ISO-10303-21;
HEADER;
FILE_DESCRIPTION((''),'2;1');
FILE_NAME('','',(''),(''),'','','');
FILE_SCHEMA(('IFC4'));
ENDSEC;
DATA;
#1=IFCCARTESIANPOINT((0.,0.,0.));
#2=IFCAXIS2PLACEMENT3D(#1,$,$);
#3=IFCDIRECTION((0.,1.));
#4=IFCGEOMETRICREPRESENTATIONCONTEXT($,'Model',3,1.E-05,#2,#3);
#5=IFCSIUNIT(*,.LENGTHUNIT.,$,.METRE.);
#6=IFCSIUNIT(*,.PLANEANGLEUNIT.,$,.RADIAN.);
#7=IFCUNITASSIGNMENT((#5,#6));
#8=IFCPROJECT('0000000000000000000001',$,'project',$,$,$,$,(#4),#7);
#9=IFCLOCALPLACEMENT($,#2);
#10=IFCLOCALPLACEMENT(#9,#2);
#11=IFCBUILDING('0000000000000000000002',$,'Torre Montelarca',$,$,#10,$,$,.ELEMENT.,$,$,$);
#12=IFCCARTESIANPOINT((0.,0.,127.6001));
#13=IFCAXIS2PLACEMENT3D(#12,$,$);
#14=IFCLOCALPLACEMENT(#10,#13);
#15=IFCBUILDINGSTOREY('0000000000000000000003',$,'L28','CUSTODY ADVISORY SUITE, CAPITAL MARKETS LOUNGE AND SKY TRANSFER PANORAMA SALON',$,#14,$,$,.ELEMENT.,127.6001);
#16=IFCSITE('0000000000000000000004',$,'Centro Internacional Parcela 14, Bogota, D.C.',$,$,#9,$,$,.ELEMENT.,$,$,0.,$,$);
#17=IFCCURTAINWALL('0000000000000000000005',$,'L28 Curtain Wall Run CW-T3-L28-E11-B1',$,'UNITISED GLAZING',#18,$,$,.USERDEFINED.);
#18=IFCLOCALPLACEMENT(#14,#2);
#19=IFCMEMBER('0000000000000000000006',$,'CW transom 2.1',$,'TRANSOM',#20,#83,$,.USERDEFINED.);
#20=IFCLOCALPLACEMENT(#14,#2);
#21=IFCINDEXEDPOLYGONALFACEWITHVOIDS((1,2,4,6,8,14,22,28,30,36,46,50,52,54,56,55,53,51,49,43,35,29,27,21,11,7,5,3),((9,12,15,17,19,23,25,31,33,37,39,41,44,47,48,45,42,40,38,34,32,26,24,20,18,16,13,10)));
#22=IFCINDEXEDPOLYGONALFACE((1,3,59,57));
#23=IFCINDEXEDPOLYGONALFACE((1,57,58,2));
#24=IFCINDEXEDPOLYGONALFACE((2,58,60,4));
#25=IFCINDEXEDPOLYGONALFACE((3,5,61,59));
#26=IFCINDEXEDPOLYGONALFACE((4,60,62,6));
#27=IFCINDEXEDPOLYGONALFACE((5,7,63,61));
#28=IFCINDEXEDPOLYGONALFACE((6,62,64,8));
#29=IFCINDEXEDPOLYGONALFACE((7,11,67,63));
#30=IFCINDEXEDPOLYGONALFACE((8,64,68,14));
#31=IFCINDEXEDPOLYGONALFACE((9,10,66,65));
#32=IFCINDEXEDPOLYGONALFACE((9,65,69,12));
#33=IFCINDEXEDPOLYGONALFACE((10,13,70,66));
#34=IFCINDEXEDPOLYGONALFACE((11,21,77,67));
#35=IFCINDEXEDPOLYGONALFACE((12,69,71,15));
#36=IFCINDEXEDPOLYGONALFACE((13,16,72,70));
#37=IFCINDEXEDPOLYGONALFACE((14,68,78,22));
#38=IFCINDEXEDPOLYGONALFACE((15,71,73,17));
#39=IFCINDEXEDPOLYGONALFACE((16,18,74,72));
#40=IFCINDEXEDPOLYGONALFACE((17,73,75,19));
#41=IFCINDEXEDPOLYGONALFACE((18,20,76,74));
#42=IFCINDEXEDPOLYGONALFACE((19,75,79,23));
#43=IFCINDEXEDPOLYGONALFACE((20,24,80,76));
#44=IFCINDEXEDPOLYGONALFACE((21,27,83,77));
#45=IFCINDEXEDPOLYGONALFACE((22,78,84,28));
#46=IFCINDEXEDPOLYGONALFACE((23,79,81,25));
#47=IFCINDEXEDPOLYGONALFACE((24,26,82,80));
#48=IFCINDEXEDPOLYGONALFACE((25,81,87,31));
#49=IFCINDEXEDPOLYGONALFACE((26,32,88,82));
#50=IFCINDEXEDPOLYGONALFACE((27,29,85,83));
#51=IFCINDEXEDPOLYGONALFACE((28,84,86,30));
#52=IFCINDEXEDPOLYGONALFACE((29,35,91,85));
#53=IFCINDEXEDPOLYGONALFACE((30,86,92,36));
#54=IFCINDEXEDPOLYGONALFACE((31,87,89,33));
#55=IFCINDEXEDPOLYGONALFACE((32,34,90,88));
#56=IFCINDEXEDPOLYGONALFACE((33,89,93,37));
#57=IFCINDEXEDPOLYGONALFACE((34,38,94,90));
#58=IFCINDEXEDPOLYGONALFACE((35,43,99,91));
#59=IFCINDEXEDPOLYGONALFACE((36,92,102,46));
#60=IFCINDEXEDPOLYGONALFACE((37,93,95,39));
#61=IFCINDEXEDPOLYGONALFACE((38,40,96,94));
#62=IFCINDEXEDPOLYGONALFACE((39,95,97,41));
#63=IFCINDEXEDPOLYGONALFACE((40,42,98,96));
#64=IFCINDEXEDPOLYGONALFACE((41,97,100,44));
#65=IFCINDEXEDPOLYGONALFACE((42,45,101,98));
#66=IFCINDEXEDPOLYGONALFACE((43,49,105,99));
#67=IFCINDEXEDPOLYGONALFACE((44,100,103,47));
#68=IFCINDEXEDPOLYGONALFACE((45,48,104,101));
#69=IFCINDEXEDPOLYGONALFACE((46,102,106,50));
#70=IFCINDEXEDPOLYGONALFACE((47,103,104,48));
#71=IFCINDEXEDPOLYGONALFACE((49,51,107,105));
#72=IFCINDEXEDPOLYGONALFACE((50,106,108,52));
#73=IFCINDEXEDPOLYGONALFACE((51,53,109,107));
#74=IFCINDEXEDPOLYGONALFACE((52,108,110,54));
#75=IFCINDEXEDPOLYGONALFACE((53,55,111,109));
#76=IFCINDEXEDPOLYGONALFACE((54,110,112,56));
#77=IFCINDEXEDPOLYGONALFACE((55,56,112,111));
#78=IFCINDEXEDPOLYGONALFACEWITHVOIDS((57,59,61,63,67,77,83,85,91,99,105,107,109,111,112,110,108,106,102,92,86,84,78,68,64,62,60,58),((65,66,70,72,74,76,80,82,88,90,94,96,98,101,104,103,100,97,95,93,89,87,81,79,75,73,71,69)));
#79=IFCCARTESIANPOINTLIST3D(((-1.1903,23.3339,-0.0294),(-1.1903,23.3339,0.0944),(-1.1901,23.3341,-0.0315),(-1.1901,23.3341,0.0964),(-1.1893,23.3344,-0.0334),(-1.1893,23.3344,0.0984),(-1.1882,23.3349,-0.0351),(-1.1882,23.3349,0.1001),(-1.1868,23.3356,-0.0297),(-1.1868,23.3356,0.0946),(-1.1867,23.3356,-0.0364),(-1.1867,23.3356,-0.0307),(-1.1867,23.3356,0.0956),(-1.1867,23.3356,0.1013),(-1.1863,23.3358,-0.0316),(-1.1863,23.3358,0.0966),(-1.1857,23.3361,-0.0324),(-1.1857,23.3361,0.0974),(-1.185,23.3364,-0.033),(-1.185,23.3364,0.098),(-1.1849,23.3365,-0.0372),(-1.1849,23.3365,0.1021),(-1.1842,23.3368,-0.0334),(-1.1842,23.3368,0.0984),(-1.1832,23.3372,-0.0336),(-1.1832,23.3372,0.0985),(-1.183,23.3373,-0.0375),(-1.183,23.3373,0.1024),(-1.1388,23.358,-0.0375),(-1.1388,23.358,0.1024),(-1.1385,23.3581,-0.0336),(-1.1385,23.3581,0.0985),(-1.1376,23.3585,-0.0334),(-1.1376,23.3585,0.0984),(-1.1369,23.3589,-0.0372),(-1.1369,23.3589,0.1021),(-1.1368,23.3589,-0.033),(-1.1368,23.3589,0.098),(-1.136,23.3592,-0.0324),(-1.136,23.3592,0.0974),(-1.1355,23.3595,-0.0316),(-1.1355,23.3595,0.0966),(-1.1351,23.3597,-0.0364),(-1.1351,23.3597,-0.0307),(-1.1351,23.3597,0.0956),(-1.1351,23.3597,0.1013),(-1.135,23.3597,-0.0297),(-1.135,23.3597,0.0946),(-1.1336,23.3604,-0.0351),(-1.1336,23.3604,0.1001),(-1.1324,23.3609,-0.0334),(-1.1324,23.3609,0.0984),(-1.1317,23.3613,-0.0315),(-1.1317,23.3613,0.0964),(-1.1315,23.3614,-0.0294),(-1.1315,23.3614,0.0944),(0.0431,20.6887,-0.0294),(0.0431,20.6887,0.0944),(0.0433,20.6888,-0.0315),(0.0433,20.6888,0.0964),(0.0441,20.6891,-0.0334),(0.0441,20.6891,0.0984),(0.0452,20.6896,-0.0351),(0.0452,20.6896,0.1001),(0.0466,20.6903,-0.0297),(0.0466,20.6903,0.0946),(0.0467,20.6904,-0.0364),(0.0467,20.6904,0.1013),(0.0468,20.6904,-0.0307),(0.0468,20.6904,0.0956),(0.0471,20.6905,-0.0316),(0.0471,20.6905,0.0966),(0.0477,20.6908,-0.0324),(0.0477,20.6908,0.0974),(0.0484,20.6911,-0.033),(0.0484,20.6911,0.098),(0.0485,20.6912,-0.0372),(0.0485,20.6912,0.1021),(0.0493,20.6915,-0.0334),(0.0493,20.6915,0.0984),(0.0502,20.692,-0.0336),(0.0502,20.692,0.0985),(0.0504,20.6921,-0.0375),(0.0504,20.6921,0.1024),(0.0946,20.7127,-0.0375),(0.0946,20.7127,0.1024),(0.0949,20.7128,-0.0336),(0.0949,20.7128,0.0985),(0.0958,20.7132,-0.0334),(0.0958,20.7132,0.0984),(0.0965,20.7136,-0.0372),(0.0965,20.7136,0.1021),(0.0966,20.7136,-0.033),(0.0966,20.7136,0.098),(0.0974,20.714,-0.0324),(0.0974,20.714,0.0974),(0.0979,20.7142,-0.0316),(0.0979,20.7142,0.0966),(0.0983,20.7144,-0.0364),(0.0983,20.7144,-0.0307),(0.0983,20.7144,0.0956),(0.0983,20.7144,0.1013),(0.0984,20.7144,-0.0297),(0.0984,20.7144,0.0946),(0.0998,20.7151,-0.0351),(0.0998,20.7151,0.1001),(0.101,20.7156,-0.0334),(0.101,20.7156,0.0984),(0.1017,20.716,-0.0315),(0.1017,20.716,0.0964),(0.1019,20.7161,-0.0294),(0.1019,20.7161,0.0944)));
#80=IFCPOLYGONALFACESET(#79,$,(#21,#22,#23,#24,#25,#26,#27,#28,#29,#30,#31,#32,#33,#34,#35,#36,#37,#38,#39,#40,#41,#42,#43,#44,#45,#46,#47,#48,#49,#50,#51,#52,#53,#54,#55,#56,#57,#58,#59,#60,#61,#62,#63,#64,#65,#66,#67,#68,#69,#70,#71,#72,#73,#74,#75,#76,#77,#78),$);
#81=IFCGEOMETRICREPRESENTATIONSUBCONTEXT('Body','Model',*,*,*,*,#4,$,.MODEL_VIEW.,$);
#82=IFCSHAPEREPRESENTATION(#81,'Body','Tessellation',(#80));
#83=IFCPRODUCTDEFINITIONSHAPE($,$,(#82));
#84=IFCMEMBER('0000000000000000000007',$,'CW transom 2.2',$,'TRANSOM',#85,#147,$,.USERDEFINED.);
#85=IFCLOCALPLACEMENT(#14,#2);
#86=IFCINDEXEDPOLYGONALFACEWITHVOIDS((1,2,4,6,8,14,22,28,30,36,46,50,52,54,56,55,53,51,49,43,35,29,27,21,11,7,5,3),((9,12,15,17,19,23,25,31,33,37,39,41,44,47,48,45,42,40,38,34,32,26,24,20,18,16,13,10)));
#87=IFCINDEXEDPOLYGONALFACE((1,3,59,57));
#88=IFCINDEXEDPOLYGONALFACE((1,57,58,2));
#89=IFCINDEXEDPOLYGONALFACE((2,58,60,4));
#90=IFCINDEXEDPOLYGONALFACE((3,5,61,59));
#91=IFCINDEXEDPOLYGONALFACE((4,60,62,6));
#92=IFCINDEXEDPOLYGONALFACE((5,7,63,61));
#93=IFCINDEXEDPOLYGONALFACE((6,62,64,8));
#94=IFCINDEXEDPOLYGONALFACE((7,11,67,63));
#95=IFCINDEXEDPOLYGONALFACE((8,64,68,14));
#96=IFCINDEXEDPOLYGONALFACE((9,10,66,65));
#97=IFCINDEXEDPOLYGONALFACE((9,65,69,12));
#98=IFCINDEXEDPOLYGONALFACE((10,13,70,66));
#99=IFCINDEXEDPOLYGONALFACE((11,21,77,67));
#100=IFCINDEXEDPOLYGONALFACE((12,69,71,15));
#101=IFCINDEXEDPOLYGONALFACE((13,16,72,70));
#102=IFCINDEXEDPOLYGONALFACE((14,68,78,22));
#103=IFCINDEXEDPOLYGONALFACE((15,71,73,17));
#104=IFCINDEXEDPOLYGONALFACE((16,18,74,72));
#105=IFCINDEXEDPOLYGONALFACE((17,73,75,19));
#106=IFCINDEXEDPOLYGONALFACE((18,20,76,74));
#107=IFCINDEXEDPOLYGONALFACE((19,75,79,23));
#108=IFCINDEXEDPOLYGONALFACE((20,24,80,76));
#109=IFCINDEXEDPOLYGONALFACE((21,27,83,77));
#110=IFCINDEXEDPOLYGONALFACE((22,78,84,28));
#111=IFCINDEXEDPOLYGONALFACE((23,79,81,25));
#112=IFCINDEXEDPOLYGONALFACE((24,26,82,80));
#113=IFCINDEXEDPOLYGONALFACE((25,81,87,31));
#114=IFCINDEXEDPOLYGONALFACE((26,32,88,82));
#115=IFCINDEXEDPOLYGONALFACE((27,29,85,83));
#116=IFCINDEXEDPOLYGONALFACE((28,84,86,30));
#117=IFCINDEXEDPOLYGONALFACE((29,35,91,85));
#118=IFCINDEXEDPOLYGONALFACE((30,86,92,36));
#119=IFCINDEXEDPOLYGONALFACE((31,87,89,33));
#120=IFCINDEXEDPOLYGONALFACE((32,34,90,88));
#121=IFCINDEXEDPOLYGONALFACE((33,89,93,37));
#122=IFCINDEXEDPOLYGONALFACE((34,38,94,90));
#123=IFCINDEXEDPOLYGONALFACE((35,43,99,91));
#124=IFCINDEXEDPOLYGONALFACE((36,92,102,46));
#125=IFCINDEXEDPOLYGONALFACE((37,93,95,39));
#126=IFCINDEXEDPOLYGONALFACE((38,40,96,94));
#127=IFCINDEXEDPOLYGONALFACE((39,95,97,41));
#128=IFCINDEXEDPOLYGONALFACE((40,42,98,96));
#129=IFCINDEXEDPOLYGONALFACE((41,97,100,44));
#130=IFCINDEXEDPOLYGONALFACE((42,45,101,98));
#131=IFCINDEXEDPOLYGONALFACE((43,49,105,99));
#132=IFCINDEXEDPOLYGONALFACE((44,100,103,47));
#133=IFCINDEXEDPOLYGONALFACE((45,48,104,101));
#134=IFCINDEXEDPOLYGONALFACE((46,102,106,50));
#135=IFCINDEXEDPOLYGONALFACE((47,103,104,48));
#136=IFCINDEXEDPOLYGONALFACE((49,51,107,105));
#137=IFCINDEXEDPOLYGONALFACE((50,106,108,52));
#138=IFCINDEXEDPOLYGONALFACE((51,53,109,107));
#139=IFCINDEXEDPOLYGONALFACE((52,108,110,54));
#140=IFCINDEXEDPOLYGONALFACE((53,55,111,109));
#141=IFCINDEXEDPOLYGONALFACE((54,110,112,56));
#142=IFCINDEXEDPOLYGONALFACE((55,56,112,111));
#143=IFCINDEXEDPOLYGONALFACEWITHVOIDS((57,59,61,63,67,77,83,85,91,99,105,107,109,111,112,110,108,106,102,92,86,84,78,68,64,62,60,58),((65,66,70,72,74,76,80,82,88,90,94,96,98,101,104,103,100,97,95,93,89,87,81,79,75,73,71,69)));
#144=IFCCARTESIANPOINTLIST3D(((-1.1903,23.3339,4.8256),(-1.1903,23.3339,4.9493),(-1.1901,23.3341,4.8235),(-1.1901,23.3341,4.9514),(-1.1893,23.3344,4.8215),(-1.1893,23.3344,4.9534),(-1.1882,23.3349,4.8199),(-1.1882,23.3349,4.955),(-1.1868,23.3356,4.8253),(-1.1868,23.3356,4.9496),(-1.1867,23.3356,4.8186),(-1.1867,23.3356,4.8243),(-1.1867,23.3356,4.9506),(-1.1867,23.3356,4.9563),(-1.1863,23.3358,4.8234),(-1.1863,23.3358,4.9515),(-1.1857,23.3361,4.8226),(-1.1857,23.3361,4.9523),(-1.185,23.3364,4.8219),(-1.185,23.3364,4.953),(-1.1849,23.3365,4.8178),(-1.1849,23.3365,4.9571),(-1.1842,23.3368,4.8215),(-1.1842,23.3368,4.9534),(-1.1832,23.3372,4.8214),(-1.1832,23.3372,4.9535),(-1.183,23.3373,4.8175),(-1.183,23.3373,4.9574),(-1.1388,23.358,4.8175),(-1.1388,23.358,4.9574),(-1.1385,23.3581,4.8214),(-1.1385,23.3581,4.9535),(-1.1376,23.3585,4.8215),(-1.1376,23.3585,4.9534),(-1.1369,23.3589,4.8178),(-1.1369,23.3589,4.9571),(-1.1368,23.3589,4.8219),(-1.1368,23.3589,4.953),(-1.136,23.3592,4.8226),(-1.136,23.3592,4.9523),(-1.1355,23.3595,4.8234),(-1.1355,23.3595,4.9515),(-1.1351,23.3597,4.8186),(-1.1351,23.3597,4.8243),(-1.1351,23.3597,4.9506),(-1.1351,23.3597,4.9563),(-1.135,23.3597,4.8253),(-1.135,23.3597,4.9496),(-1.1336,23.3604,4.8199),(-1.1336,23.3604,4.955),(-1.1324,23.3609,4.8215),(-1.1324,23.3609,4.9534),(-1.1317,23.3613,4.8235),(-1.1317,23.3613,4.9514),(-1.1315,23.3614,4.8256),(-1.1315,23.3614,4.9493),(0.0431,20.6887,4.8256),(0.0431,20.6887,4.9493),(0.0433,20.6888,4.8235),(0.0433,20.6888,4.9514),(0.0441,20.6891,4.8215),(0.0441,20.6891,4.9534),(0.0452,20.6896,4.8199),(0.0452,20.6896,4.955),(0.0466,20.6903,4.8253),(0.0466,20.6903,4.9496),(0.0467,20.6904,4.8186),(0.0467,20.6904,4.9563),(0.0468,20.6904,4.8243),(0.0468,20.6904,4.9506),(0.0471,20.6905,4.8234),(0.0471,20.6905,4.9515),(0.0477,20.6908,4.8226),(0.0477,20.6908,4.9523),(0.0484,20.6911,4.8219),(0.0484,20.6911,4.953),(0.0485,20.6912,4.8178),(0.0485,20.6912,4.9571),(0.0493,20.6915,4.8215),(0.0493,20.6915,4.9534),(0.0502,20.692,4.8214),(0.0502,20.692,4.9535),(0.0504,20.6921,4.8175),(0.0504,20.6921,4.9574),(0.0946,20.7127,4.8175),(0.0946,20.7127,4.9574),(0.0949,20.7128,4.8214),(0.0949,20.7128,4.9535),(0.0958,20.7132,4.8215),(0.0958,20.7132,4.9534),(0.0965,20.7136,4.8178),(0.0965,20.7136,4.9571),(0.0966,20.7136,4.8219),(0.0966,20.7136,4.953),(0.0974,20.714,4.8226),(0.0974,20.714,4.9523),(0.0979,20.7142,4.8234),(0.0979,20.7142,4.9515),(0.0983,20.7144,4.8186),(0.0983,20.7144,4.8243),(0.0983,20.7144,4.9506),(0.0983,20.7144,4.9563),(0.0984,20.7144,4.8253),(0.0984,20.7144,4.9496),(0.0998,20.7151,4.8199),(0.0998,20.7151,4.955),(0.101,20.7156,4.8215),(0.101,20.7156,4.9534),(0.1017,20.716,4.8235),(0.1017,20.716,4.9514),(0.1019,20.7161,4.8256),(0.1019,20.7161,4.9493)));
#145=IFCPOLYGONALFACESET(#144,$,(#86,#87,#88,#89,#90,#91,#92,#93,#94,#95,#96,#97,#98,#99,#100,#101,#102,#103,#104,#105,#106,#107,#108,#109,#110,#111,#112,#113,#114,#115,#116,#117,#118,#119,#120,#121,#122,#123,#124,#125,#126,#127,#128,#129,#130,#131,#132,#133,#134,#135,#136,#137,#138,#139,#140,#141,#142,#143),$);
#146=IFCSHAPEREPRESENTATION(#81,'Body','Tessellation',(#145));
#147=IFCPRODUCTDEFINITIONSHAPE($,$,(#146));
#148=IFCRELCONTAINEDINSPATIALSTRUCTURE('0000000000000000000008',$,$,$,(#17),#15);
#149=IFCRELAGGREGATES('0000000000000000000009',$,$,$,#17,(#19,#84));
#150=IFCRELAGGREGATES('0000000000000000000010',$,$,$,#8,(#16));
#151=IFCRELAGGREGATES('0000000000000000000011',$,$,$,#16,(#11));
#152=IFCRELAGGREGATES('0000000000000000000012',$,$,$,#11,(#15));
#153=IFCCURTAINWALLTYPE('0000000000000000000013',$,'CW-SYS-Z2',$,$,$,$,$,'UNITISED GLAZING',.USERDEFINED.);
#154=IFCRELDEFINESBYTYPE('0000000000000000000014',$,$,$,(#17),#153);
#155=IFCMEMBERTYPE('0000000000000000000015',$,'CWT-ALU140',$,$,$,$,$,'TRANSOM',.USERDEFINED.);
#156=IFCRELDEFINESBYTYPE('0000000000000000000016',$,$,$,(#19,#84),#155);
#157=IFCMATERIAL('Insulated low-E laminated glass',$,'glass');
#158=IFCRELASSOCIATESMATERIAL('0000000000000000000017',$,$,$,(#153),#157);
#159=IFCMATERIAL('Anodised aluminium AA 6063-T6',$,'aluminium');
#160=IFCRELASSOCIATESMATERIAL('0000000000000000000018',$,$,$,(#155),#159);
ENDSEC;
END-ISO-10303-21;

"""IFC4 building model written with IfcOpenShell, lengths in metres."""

from ifc_helpers import new_model, si_unit, direction, frame, origin, origin_2d, place, context, subcontext, project, spatial, hollow_rectangle, extrude, source, transform, mapped, material, material_profile, profile_set, type_object, element, aggregate, save


model = new_model("IFC4")

# Units and contexts
model_context = context("Model", 3, precision=1e-05, world=origin(), true_north=direction((0.0, 1.0)))
body_context = subcontext(model_context, "Body", "Model", "MODEL_VIEW")
ifc_project = project(units=[si_unit("LENGTHUNIT", "METRE"), si_unit("PLANEANGLEUNIT", "RADIAN")], contexts=[model_context])

# Site, building, storey
site_placement = place(None, origin())
site = spatial("IfcSite", under=ifc_project, at=site_placement, Name="Centro Internacional Parcela 14, Bogota, D.C.", CompositionType="ELEMENT", RefElevation=0.0)
building_placement = place(site_placement, origin())
building = spatial("IfcBuilding", under=site, at=building_placement, Name="Torre Montelarca", CompositionType="ELEMENT")
storey_placement = place(building_placement, frame((0.0, 0.0, 127.6001)))
storey = spatial("IfcBuildingStorey", under=building, at=storey_placement, Name="L28", Description="CUSTODY ADVISORY SUITE, CAPITAL MARKETS LOUNGE AND SKY TRANSFER PANORAMA SALON", CompositionType="ELEMENT", Elevation=127.6001)

# Curtain wall, members
ifc_material_1 = material(Name="Insulated low-E laminated glass", Category="glass")
curtain_wall_type = type_object("IfcCurtainWallType", Name="CW-SYS-Z2", ElementType="UNITISED GLAZING", PredefinedType="USERDEFINED", material=ifc_material_1)
curtain_wall_1_placement = place(storey_placement, origin())
curtain_wall_1 = element("IfcCurtainWall", 1, at=curtain_wall_1_placement, inside=storey, type_object=curtain_wall_type, Name="L28 Curtain Wall Run CW-T3-L28-E11-B1", ObjectType="UNITISED GLAZING", PredefinedType="USERDEFINED")
ifc_material_2 = material(Name="Anodised aluminium AA 6063-T6", Category="aluminium")
ifc_material_profile_1 = material_profile(ifc_material_2, hollow_rectangle(XDim=0.0649, YDim=0.1399, WallThickness=0.0039, InnerFilletRadius=0.0039, OuterFilletRadius=0.0081, at=origin_2d()), Name="ALU65X140X4", Category="aluminium")
ifc_profile_set_1 = profile_set([ifc_material_profile_1], Name="Anodised aluminium AA 6063-T6")
member_type_1 = type_object("IfcMemberType", Name="CWT-ALU140", ElementType="TRANSOM", PredefinedType="USERDEFINED", material=ifc_profile_set_1)
shared_shape_1 = source(origin(), body_context, "Body", "SweptSolid", [
    extrude(hollow_rectangle(XDim=0.0649, YDim=0.1399, WallThickness=0.0039, InnerFilletRadius=0.0039, OuterFilletRadius=0.0081, at=origin_2d()), origin(), (0.0, 0.0, 1.0), 2.9187),
])
member_1_placement = place(storey_placement, frame((-1.1609, 23.3477, 0.0325), z_axis=(0.422588, -0.906322, 0.0), x_axis=(0.906322, 0.422588, 0.0)))
member_1 = element("IfcMember", 2, at=member_1_placement, type_object=member_type_1, Name="CW transom 2.1", ObjectType="TRANSOM", PredefinedType="USERDEFINED", context=body_context, shape_type="MappedRepresentation", body=[
    mapped(shared_shape_1, transform((0.0, 0.0, 0.0), scale=1.0)),
])
member_2_placement = place(storey_placement, frame((-1.1609, 23.3477, 4.8875), z_axis=(0.422588, -0.906322, 0.0), x_axis=(0.906322, 0.422588, 0.0)))
member_2 = element("IfcMember", 3, at=member_2_placement, type_object=member_type_1, Name="CW transom 2.2", ObjectType="TRANSOM", PredefinedType="USERDEFINED", context=body_context, shape_type="MappedRepresentation", body=[
    mapped(shared_shape_1, transform((0.0, 0.0, 0.0), scale=1.0)),
])

aggregate(curtain_wall_1, [member_1, member_2])

save(model, "model.ifc")
